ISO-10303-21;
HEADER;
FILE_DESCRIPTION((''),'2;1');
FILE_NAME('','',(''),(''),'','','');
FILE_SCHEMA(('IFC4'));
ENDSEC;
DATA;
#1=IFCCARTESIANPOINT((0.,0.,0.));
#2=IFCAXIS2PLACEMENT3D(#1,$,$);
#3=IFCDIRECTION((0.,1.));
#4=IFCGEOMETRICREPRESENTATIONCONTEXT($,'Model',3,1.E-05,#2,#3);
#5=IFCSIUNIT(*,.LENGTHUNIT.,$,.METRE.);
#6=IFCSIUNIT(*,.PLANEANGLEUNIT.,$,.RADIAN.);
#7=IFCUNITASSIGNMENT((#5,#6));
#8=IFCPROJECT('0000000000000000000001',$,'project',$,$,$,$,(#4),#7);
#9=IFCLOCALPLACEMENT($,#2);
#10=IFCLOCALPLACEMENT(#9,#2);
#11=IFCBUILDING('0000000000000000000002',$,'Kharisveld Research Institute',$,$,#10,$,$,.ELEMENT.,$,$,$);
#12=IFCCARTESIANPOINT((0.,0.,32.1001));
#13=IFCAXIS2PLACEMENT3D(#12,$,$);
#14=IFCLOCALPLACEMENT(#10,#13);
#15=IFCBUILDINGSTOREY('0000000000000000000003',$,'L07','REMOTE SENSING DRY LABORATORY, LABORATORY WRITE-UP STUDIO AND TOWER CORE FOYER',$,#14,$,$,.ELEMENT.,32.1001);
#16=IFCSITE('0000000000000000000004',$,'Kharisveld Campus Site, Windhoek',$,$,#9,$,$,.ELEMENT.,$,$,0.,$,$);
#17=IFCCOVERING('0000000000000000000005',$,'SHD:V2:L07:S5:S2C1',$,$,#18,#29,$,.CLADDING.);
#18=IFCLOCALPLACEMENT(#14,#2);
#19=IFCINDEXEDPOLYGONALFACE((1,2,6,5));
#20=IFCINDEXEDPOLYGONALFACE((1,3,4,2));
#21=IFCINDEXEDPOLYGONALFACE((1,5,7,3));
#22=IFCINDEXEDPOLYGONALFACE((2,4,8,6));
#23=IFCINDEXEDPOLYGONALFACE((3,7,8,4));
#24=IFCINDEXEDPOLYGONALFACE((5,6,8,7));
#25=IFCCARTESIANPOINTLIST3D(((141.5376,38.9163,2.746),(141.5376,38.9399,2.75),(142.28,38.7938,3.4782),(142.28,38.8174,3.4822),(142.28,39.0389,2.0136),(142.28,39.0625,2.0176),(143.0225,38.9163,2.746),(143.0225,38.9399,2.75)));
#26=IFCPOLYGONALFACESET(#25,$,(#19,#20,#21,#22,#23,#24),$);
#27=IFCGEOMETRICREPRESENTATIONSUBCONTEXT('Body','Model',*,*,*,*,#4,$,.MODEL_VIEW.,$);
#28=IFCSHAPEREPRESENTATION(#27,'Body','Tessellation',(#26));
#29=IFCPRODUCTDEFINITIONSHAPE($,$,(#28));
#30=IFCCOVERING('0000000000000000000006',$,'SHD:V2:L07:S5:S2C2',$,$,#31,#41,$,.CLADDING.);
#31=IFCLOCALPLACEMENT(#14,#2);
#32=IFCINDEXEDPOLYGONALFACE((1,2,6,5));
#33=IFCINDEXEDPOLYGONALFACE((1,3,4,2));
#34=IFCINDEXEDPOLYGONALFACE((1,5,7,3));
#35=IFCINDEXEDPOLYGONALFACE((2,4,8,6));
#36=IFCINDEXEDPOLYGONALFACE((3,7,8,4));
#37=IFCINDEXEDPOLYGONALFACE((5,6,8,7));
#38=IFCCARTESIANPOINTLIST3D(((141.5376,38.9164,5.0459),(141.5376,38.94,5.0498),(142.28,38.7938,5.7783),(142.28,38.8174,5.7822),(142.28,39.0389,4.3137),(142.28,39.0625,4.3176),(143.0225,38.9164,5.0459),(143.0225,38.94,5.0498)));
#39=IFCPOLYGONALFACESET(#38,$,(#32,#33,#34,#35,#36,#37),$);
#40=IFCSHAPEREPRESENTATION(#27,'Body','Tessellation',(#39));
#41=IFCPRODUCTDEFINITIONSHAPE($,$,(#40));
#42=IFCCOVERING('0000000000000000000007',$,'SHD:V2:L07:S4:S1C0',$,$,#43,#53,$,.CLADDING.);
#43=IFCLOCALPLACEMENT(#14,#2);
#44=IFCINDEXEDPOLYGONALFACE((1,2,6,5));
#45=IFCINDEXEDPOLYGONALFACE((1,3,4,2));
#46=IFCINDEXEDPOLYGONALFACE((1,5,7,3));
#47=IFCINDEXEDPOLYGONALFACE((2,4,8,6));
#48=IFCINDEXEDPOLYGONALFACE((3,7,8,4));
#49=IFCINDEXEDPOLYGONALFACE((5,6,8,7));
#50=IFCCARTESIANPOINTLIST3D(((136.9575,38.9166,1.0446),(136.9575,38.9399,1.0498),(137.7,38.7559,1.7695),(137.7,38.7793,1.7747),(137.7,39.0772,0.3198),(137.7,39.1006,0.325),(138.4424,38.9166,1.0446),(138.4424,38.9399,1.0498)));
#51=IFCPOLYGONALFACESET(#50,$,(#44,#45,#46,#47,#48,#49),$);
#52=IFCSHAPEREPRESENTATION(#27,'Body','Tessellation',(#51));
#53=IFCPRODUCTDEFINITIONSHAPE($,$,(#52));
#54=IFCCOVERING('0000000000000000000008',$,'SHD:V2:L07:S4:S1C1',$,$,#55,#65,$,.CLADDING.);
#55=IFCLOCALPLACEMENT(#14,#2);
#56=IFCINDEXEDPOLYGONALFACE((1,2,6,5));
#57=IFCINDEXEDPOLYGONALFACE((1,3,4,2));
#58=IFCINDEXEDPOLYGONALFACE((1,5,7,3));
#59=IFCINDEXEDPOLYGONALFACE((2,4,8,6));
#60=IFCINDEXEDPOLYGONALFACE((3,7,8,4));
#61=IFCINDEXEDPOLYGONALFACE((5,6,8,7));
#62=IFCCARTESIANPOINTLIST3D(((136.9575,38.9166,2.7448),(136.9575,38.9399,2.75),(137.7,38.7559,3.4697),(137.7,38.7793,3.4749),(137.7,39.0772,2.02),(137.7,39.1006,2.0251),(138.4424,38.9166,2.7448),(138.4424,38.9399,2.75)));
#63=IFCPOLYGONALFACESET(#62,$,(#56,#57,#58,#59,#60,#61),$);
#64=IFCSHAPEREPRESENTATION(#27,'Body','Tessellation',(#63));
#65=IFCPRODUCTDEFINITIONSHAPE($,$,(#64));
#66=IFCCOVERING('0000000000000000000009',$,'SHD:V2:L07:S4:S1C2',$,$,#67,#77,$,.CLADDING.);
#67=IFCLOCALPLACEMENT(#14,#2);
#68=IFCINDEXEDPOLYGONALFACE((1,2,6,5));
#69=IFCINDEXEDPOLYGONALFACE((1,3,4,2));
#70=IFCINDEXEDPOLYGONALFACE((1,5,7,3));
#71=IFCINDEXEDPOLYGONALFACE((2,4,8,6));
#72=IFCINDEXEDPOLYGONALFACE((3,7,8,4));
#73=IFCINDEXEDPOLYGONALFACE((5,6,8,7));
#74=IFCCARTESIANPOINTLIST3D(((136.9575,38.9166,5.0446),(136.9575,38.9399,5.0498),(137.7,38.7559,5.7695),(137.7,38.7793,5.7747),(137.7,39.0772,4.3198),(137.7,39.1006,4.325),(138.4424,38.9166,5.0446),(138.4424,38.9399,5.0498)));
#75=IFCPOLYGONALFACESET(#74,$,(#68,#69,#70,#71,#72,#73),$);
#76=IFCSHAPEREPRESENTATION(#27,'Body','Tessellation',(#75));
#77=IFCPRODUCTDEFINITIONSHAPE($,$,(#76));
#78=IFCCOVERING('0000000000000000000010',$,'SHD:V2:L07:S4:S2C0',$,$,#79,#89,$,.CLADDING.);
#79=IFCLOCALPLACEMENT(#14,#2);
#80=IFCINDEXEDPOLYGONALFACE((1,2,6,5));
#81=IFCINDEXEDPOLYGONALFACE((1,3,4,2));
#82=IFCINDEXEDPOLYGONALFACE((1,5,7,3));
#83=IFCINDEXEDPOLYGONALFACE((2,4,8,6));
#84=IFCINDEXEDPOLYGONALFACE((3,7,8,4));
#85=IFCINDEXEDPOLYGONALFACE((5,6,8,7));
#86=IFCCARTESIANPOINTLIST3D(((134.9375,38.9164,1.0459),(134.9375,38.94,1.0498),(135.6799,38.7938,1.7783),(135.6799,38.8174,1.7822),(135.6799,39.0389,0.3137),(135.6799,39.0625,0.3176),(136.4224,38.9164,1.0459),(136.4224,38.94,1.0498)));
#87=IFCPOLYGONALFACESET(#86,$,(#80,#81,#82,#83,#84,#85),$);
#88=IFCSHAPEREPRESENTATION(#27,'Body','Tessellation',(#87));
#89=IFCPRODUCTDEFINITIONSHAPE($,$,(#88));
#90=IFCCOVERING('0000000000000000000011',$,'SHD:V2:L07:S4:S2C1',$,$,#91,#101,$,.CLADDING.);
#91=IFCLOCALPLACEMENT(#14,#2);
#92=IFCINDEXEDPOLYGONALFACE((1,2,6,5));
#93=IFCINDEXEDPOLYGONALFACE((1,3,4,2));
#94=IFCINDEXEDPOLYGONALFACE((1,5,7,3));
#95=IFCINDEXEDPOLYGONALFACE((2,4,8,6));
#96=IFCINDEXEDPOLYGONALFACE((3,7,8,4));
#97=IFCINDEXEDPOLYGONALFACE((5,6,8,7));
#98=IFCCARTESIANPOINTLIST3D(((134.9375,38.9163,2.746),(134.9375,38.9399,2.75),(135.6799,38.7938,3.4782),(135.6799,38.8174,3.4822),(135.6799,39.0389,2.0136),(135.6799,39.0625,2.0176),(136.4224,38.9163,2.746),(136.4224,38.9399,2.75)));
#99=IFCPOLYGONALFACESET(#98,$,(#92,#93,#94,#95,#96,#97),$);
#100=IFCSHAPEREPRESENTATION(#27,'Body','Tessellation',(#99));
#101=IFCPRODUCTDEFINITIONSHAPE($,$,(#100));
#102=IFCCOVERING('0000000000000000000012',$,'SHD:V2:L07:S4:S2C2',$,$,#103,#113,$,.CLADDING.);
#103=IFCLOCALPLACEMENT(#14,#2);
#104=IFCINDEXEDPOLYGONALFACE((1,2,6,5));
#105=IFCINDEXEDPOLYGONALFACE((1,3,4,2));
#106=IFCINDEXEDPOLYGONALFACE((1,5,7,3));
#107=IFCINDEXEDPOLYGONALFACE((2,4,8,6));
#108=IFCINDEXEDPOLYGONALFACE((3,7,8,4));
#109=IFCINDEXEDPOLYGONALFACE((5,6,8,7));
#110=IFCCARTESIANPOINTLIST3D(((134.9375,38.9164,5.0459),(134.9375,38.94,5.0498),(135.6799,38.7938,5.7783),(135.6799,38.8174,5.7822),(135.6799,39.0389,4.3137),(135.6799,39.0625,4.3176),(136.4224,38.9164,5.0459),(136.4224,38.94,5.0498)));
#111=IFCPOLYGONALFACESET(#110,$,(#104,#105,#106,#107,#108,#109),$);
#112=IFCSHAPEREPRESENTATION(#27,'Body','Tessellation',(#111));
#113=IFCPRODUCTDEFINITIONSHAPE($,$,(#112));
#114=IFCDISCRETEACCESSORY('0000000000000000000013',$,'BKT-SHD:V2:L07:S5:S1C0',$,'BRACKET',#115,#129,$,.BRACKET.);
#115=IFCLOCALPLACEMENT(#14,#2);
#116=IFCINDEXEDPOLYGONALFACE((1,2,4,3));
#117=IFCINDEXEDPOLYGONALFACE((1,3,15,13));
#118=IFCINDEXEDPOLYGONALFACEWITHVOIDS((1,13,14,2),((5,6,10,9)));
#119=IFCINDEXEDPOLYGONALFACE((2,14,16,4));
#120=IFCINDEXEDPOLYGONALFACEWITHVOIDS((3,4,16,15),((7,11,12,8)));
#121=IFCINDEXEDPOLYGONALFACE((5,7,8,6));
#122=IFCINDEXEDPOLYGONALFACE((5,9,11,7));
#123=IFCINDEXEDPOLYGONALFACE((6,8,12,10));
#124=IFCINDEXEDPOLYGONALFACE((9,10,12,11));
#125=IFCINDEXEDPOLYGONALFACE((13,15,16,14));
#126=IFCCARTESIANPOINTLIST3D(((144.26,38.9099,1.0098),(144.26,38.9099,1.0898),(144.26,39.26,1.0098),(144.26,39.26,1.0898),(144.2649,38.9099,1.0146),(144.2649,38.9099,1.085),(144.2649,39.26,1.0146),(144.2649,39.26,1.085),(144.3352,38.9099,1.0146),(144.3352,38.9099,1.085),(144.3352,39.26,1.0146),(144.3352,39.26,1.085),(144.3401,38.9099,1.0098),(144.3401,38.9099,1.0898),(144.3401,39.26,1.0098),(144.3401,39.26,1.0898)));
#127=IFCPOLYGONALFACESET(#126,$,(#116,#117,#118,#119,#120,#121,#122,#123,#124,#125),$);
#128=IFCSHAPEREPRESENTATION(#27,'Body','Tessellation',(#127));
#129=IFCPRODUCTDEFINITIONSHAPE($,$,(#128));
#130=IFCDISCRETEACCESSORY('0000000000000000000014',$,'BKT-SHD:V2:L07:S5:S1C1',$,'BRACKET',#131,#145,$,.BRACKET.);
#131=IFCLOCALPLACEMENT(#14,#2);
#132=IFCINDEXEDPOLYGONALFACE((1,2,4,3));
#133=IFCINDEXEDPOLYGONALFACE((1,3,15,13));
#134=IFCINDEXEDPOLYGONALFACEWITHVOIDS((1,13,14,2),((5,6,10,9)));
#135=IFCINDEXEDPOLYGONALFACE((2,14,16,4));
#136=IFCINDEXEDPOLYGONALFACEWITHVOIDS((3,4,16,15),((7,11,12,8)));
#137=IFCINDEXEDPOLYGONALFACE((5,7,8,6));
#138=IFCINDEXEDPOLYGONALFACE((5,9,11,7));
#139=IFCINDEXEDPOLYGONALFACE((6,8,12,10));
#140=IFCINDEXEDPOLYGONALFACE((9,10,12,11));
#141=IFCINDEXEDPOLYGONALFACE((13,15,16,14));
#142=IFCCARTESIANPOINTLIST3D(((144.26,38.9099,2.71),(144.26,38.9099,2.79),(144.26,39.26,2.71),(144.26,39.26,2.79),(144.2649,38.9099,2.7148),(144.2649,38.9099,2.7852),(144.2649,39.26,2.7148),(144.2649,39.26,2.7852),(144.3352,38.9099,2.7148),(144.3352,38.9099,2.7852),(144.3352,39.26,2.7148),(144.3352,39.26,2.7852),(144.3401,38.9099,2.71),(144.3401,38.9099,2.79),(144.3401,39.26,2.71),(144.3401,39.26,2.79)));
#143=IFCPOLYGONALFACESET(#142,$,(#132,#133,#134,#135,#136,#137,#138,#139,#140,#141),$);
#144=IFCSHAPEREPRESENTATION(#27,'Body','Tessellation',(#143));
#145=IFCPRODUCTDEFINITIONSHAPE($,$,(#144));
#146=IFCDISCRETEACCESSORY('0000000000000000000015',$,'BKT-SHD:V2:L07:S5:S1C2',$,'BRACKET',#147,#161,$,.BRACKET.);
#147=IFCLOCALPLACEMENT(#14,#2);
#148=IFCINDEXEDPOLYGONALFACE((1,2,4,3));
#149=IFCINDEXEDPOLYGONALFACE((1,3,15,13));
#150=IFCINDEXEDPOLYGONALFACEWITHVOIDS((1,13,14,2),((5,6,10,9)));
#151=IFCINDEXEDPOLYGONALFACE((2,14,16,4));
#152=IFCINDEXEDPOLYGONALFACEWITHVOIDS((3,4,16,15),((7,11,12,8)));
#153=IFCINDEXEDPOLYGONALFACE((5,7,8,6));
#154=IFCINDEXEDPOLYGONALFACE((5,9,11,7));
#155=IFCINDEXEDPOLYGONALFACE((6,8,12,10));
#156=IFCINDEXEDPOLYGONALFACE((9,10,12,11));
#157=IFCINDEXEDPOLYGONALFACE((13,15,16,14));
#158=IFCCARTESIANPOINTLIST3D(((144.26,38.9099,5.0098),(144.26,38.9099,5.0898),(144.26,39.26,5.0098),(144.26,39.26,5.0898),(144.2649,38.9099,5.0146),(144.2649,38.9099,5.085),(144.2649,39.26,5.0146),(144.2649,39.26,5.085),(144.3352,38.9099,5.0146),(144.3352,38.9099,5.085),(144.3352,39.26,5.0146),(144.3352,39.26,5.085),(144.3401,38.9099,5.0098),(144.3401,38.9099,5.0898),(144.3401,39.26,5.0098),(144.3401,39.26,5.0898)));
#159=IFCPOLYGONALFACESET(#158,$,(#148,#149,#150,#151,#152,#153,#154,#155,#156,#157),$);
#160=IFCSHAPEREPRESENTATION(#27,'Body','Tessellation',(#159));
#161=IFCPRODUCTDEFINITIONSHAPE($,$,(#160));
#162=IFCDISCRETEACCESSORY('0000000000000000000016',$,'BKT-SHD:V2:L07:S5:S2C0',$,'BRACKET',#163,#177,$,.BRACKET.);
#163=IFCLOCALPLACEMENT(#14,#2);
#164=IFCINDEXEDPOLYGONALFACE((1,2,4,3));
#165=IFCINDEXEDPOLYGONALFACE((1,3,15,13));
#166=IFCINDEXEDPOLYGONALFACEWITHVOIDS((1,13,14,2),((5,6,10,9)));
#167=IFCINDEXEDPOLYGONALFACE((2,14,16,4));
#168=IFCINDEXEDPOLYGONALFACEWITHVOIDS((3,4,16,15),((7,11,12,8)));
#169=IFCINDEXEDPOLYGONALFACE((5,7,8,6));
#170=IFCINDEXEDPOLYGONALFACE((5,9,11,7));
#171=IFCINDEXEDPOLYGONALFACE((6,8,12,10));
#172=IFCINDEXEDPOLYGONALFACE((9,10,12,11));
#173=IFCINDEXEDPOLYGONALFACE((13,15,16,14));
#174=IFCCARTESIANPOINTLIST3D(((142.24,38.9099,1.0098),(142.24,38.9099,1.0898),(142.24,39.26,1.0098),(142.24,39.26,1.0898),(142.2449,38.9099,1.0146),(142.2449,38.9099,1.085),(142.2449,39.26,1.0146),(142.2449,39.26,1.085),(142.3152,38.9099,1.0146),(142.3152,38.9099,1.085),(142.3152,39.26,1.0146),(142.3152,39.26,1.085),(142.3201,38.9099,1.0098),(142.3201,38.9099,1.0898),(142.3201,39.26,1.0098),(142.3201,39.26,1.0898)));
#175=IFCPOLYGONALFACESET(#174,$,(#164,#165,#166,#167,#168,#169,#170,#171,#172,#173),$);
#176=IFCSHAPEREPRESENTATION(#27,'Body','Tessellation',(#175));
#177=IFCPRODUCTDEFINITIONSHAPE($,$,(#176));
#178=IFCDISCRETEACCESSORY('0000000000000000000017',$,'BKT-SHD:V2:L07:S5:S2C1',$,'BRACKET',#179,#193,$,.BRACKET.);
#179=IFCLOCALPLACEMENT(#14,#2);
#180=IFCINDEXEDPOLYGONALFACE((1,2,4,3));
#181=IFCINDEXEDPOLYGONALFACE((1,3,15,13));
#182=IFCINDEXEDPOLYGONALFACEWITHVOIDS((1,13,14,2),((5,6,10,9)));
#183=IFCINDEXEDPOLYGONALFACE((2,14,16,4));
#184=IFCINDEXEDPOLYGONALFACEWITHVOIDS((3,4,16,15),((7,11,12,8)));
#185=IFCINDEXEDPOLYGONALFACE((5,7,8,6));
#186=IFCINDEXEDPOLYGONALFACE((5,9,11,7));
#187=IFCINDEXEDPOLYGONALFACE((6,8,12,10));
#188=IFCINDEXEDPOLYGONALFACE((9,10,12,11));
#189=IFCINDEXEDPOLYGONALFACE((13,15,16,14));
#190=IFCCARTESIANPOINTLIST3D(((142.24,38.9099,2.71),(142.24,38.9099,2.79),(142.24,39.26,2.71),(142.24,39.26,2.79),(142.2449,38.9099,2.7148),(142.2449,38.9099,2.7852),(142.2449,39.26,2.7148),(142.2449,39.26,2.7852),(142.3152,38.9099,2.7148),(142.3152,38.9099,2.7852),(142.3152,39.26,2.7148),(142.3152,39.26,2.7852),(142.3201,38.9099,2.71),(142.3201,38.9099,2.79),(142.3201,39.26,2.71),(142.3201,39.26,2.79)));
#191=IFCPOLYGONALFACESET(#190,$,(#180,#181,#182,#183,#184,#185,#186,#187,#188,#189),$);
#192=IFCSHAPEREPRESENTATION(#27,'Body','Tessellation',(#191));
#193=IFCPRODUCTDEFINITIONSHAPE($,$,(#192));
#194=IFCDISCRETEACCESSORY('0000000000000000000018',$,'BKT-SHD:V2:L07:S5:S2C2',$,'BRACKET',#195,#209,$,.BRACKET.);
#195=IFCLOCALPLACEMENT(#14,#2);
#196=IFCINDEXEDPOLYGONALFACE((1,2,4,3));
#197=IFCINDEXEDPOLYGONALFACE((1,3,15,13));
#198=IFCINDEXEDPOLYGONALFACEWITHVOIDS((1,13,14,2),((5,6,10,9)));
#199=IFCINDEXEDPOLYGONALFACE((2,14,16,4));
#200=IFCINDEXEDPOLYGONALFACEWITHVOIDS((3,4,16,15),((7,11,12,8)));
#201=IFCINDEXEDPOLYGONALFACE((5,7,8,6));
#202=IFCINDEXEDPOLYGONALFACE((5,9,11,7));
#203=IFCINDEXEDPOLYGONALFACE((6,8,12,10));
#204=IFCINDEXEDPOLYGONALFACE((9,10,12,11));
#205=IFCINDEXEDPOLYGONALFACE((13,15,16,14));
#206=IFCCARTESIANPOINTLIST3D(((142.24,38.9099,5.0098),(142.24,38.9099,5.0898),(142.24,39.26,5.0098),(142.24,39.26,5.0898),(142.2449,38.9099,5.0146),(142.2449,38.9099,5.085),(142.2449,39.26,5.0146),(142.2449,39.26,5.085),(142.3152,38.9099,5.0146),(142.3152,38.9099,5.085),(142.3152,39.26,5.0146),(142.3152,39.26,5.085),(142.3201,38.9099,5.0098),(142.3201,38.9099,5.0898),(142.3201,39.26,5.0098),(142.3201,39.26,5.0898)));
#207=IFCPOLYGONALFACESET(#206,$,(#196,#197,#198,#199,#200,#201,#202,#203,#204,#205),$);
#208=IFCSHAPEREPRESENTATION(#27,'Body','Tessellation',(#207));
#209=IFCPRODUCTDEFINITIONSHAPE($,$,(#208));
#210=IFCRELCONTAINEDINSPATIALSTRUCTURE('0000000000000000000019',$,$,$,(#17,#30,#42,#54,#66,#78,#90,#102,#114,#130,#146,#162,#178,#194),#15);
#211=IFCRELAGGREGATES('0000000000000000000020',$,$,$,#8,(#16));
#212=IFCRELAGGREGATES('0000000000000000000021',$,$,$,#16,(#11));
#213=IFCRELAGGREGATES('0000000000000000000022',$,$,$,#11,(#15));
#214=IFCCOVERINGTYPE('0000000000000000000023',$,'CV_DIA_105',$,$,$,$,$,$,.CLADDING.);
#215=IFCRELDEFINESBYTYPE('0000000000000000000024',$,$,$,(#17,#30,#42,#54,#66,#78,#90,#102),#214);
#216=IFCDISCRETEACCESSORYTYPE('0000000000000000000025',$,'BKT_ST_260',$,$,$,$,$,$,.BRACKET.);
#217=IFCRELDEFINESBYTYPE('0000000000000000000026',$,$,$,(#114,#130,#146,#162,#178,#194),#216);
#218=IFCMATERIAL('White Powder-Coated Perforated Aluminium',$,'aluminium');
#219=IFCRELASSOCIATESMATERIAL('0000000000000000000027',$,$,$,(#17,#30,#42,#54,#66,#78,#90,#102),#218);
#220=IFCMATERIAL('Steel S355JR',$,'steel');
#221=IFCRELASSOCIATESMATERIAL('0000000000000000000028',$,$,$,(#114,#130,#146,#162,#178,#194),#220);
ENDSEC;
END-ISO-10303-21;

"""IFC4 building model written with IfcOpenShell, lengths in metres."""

from ifc_helpers import new_model, si_unit, direction, frame, origin, origin_2d, place, context, subcontext, project, spatial, polyline, hollow_rectangle, outline, extrude, material, type_object, element, save


model = new_model("IFC4")

# Units and contexts
model_context = context("Model", 3, precision=1e-05, world=origin(), true_north=direction((0.0, 1.0)))
body_context = subcontext(model_context, "Body", "Model", "MODEL_VIEW")
ifc_project = project(units=[si_unit("LENGTHUNIT", "METRE"), si_unit("PLANEANGLEUNIT", "RADIAN")], contexts=[model_context])

# Site, building, storey
site_placement = place(None, origin())
site = spatial("IfcSite", under=ifc_project, at=site_placement, Name="Kharisveld Campus Site, Windhoek", CompositionType="ELEMENT", RefElevation=0.0)
building_placement = place(site_placement, origin())
building = spatial("IfcBuilding", under=site, at=building_placement, Name="Kharisveld Research Institute", CompositionType="ELEMENT")
storey_placement = place(building_placement, frame((0.0, 0.0, 32.1001)))
storey = spatial("IfcBuildingStorey", under=building, at=storey_placement, Name="L07", Description="REMOTE SENSING DRY LABORATORY, LABORATORY WRITE-UP STUDIO AND TOWER CORE FOYER", CompositionType="ELEMENT", Elevation=32.1001)

# Coverings
ifc_material_1 = material(Name="White Powder-Coated Perforated Aluminium", Category="aluminium")
covering_type = type_object("IfcCoveringType", Name="CV_DIA_105", PredefinedType="CLADDING")
covering_1_placement = place(storey_placement, frame((142.28, 39.0625, 2.0176), z_axis=(0.0, 0.986283, 0.165065), x_axis=(-0.707024, -0.116733, 0.697489)))
element("IfcCovering", 1, at=covering_1_placement, inside=storey, type_object=covering_type, material=ifc_material_1, Name="SHD:V2:L07:S5:S2C1", PredefinedType="CLADDING", context=body_context, shape_type="SweptSolid", body=[
    extrude(outline(polyline([(0.0, 0.0), (1.0501, 0.0), (1.0502, 1.0499), (0.0002, 1.0501), (0.0, 0.0)])), origin(), (0.0, 0.0, -1.0), 0.0239),
])
covering_2_placement = place(storey_placement, frame((142.28, 39.0625, 4.3176), z_axis=(0.0, 0.986283, 0.165065), x_axis=(-0.707139, -0.116714, 0.697376)))
element("IfcCovering", 2, at=covering_2_placement, inside=storey, type_object=covering_type, material=ifc_material_1, Name="SHD:V2:L07:S5:S2C2", PredefinedType="CLADDING", context=body_context, shape_type="SweptSolid", body=[
    extrude(outline(polyline([(0.0, 0.0), (1.0499, 0.0), (1.05, 1.0501), (-0.0001, 1.0499), (0.0, 0.0)])), origin(), (0.0, 0.0, -1.0), 0.0239),
])
for number, where, z_axis, x_axis, name in (
    (3, (137.7, 39.1006, 0.325), (0.0, 0.976311, 0.216373), (-0.707102, -0.153, 0.69036), "SHD:V2:L07:S4:S1C0"),
    (4, (137.7, 39.1006, 2.0251), (0.0, 0.976311, 0.216373), (-0.707102, -0.153, 0.69036), "SHD:V2:L07:S4:S1C1"),
    (5, (137.7, 39.1006, 4.325), (0.0, 0.976311, 0.216373), (-0.707102, -0.153, 0.69036), "SHD:V2:L07:S4:S1C2"),
):
    element("IfcCovering", number, at=place(storey_placement, frame(where, z_axis=z_axis, x_axis=x_axis)), inside=storey, type_object=covering_type, material=ifc_material_1, Name=name, PredefinedType="CLADDING", context=body_context, shape_type="SweptSolid", body=[
        extrude(outline(polyline([(0.0, 0.0), (1.05, 0.0), (1.05, 1.05), (0.0, 1.05), (0.0, 0.0)])), origin(), (0.0, 0.0, -1.0), 0.0239),
    ])
covering_3_placement = place(storey_placement, frame((135.6799, 39.0625, 0.3176), z_axis=(0.0, 0.986283, 0.165065), x_axis=(-0.707139, -0.116714, 0.697376)))
element("IfcCovering", 6, at=covering_3_placement, inside=storey, type_object=covering_type, material=ifc_material_1, Name="SHD:V2:L07:S4:S2C0", PredefinedType="CLADDING", context=body_context, shape_type="SweptSolid", body=[
    extrude(outline(polyline([(0.0, 0.0), (1.0499, 0.0), (1.05, 1.0501), (-0.0001, 1.0499), (0.0, 0.0)])), origin(), (0.0, 0.0, -1.0), 0.0239),
])
covering_4_placement = place(storey_placement, frame((135.6799, 39.0625, 2.0176), z_axis=(0.0, 0.986283, 0.165065), x_axis=(-0.707024, -0.116733, 0.697489)))
element("IfcCovering", 7, at=covering_4_placement, inside=storey, type_object=covering_type, material=ifc_material_1, Name="SHD:V2:L07:S4:S2C1", PredefinedType="CLADDING", context=body_context, shape_type="SweptSolid", body=[
    extrude(outline(polyline([(0.0, 0.0), (1.0501, 0.0), (1.0502, 1.0499), (0.0002, 1.0501), (0.0, 0.0)])), origin(), (0.0, 0.0, -1.0), 0.0239),
])
covering_5_placement = place(storey_placement, frame((135.6799, 39.0625, 4.3176), z_axis=(0.0, 0.986283, 0.165065), x_axis=(-0.707139, -0.116714, 0.697376)))
element("IfcCovering", 8, at=covering_5_placement, inside=storey, type_object=covering_type, material=ifc_material_1, Name="SHD:V2:L07:S4:S2C2", PredefinedType="CLADDING", context=body_context, shape_type="SweptSolid", body=[
    extrude(outline(polyline([(0.0, 0.0), (1.0499, 0.0), (1.05, 1.0501), (-0.0001, 1.0499), (0.0, 0.0)])), origin(), (0.0, 0.0, -1.0), 0.0239),
])

# Discrete accessories
ifc_material_2 = material(Name="Steel S355JR", Category="steel")
discrete_accessory_type = type_object("IfcDiscreteAccessoryType", Name="BKT_ST_260", PredefinedType="BRACKET")
for number, where, z_axis, x_axis, name in (
    (9, (144.3, 39.26, 1.0498), (0.0, -1.0, 0.0), (1.0, 0.0, 0.0), "BKT-SHD:V2:L07:S5:S1C0"),
    (10, (144.3, 39.26, 2.75), (0.0, -1.0, 0.0), (1.0, 0.0, 0.0), "BKT-SHD:V2:L07:S5:S1C1"),
    (11, (144.3, 39.26, 5.0498), (0.0, -1.0, 0.0), (1.0, 0.0, 0.0), "BKT-SHD:V2:L07:S5:S1C2"),
    (12, (142.28, 39.26, 1.0498), (0.0, -1.0, 0.0), (1.0, 0.0, 0.0), "BKT-SHD:V2:L07:S5:S2C0"),
    (13, (142.28, 39.26, 2.75), (0.0, -1.0, 0.0), (1.0, 0.0, 0.0), "BKT-SHD:V2:L07:S5:S2C1"),
    (14, (142.28, 39.26, 5.0498), (0.0, -1.0, 0.0), (1.0, 0.0, 0.0), "BKT-SHD:V2:L07:S5:S2C2"),
):
    element("IfcDiscreteAccessory", number, at=place(storey_placement, frame(where, z_axis=z_axis, x_axis=x_axis)), inside=storey, type_object=discrete_accessory_type, material=ifc_material_2, Name=name, ObjectType="BRACKET", PredefinedType="BRACKET", context=body_context, shape_type="SweptSolid", body=[
        extrude(hollow_rectangle(XDim=0.0801, YDim=0.0801, WallThickness=0.0049, at=origin_2d()), origin(), (0.0, 0.0, 1.0), 0.3501),
    ])

save(model, "model.ifc")
